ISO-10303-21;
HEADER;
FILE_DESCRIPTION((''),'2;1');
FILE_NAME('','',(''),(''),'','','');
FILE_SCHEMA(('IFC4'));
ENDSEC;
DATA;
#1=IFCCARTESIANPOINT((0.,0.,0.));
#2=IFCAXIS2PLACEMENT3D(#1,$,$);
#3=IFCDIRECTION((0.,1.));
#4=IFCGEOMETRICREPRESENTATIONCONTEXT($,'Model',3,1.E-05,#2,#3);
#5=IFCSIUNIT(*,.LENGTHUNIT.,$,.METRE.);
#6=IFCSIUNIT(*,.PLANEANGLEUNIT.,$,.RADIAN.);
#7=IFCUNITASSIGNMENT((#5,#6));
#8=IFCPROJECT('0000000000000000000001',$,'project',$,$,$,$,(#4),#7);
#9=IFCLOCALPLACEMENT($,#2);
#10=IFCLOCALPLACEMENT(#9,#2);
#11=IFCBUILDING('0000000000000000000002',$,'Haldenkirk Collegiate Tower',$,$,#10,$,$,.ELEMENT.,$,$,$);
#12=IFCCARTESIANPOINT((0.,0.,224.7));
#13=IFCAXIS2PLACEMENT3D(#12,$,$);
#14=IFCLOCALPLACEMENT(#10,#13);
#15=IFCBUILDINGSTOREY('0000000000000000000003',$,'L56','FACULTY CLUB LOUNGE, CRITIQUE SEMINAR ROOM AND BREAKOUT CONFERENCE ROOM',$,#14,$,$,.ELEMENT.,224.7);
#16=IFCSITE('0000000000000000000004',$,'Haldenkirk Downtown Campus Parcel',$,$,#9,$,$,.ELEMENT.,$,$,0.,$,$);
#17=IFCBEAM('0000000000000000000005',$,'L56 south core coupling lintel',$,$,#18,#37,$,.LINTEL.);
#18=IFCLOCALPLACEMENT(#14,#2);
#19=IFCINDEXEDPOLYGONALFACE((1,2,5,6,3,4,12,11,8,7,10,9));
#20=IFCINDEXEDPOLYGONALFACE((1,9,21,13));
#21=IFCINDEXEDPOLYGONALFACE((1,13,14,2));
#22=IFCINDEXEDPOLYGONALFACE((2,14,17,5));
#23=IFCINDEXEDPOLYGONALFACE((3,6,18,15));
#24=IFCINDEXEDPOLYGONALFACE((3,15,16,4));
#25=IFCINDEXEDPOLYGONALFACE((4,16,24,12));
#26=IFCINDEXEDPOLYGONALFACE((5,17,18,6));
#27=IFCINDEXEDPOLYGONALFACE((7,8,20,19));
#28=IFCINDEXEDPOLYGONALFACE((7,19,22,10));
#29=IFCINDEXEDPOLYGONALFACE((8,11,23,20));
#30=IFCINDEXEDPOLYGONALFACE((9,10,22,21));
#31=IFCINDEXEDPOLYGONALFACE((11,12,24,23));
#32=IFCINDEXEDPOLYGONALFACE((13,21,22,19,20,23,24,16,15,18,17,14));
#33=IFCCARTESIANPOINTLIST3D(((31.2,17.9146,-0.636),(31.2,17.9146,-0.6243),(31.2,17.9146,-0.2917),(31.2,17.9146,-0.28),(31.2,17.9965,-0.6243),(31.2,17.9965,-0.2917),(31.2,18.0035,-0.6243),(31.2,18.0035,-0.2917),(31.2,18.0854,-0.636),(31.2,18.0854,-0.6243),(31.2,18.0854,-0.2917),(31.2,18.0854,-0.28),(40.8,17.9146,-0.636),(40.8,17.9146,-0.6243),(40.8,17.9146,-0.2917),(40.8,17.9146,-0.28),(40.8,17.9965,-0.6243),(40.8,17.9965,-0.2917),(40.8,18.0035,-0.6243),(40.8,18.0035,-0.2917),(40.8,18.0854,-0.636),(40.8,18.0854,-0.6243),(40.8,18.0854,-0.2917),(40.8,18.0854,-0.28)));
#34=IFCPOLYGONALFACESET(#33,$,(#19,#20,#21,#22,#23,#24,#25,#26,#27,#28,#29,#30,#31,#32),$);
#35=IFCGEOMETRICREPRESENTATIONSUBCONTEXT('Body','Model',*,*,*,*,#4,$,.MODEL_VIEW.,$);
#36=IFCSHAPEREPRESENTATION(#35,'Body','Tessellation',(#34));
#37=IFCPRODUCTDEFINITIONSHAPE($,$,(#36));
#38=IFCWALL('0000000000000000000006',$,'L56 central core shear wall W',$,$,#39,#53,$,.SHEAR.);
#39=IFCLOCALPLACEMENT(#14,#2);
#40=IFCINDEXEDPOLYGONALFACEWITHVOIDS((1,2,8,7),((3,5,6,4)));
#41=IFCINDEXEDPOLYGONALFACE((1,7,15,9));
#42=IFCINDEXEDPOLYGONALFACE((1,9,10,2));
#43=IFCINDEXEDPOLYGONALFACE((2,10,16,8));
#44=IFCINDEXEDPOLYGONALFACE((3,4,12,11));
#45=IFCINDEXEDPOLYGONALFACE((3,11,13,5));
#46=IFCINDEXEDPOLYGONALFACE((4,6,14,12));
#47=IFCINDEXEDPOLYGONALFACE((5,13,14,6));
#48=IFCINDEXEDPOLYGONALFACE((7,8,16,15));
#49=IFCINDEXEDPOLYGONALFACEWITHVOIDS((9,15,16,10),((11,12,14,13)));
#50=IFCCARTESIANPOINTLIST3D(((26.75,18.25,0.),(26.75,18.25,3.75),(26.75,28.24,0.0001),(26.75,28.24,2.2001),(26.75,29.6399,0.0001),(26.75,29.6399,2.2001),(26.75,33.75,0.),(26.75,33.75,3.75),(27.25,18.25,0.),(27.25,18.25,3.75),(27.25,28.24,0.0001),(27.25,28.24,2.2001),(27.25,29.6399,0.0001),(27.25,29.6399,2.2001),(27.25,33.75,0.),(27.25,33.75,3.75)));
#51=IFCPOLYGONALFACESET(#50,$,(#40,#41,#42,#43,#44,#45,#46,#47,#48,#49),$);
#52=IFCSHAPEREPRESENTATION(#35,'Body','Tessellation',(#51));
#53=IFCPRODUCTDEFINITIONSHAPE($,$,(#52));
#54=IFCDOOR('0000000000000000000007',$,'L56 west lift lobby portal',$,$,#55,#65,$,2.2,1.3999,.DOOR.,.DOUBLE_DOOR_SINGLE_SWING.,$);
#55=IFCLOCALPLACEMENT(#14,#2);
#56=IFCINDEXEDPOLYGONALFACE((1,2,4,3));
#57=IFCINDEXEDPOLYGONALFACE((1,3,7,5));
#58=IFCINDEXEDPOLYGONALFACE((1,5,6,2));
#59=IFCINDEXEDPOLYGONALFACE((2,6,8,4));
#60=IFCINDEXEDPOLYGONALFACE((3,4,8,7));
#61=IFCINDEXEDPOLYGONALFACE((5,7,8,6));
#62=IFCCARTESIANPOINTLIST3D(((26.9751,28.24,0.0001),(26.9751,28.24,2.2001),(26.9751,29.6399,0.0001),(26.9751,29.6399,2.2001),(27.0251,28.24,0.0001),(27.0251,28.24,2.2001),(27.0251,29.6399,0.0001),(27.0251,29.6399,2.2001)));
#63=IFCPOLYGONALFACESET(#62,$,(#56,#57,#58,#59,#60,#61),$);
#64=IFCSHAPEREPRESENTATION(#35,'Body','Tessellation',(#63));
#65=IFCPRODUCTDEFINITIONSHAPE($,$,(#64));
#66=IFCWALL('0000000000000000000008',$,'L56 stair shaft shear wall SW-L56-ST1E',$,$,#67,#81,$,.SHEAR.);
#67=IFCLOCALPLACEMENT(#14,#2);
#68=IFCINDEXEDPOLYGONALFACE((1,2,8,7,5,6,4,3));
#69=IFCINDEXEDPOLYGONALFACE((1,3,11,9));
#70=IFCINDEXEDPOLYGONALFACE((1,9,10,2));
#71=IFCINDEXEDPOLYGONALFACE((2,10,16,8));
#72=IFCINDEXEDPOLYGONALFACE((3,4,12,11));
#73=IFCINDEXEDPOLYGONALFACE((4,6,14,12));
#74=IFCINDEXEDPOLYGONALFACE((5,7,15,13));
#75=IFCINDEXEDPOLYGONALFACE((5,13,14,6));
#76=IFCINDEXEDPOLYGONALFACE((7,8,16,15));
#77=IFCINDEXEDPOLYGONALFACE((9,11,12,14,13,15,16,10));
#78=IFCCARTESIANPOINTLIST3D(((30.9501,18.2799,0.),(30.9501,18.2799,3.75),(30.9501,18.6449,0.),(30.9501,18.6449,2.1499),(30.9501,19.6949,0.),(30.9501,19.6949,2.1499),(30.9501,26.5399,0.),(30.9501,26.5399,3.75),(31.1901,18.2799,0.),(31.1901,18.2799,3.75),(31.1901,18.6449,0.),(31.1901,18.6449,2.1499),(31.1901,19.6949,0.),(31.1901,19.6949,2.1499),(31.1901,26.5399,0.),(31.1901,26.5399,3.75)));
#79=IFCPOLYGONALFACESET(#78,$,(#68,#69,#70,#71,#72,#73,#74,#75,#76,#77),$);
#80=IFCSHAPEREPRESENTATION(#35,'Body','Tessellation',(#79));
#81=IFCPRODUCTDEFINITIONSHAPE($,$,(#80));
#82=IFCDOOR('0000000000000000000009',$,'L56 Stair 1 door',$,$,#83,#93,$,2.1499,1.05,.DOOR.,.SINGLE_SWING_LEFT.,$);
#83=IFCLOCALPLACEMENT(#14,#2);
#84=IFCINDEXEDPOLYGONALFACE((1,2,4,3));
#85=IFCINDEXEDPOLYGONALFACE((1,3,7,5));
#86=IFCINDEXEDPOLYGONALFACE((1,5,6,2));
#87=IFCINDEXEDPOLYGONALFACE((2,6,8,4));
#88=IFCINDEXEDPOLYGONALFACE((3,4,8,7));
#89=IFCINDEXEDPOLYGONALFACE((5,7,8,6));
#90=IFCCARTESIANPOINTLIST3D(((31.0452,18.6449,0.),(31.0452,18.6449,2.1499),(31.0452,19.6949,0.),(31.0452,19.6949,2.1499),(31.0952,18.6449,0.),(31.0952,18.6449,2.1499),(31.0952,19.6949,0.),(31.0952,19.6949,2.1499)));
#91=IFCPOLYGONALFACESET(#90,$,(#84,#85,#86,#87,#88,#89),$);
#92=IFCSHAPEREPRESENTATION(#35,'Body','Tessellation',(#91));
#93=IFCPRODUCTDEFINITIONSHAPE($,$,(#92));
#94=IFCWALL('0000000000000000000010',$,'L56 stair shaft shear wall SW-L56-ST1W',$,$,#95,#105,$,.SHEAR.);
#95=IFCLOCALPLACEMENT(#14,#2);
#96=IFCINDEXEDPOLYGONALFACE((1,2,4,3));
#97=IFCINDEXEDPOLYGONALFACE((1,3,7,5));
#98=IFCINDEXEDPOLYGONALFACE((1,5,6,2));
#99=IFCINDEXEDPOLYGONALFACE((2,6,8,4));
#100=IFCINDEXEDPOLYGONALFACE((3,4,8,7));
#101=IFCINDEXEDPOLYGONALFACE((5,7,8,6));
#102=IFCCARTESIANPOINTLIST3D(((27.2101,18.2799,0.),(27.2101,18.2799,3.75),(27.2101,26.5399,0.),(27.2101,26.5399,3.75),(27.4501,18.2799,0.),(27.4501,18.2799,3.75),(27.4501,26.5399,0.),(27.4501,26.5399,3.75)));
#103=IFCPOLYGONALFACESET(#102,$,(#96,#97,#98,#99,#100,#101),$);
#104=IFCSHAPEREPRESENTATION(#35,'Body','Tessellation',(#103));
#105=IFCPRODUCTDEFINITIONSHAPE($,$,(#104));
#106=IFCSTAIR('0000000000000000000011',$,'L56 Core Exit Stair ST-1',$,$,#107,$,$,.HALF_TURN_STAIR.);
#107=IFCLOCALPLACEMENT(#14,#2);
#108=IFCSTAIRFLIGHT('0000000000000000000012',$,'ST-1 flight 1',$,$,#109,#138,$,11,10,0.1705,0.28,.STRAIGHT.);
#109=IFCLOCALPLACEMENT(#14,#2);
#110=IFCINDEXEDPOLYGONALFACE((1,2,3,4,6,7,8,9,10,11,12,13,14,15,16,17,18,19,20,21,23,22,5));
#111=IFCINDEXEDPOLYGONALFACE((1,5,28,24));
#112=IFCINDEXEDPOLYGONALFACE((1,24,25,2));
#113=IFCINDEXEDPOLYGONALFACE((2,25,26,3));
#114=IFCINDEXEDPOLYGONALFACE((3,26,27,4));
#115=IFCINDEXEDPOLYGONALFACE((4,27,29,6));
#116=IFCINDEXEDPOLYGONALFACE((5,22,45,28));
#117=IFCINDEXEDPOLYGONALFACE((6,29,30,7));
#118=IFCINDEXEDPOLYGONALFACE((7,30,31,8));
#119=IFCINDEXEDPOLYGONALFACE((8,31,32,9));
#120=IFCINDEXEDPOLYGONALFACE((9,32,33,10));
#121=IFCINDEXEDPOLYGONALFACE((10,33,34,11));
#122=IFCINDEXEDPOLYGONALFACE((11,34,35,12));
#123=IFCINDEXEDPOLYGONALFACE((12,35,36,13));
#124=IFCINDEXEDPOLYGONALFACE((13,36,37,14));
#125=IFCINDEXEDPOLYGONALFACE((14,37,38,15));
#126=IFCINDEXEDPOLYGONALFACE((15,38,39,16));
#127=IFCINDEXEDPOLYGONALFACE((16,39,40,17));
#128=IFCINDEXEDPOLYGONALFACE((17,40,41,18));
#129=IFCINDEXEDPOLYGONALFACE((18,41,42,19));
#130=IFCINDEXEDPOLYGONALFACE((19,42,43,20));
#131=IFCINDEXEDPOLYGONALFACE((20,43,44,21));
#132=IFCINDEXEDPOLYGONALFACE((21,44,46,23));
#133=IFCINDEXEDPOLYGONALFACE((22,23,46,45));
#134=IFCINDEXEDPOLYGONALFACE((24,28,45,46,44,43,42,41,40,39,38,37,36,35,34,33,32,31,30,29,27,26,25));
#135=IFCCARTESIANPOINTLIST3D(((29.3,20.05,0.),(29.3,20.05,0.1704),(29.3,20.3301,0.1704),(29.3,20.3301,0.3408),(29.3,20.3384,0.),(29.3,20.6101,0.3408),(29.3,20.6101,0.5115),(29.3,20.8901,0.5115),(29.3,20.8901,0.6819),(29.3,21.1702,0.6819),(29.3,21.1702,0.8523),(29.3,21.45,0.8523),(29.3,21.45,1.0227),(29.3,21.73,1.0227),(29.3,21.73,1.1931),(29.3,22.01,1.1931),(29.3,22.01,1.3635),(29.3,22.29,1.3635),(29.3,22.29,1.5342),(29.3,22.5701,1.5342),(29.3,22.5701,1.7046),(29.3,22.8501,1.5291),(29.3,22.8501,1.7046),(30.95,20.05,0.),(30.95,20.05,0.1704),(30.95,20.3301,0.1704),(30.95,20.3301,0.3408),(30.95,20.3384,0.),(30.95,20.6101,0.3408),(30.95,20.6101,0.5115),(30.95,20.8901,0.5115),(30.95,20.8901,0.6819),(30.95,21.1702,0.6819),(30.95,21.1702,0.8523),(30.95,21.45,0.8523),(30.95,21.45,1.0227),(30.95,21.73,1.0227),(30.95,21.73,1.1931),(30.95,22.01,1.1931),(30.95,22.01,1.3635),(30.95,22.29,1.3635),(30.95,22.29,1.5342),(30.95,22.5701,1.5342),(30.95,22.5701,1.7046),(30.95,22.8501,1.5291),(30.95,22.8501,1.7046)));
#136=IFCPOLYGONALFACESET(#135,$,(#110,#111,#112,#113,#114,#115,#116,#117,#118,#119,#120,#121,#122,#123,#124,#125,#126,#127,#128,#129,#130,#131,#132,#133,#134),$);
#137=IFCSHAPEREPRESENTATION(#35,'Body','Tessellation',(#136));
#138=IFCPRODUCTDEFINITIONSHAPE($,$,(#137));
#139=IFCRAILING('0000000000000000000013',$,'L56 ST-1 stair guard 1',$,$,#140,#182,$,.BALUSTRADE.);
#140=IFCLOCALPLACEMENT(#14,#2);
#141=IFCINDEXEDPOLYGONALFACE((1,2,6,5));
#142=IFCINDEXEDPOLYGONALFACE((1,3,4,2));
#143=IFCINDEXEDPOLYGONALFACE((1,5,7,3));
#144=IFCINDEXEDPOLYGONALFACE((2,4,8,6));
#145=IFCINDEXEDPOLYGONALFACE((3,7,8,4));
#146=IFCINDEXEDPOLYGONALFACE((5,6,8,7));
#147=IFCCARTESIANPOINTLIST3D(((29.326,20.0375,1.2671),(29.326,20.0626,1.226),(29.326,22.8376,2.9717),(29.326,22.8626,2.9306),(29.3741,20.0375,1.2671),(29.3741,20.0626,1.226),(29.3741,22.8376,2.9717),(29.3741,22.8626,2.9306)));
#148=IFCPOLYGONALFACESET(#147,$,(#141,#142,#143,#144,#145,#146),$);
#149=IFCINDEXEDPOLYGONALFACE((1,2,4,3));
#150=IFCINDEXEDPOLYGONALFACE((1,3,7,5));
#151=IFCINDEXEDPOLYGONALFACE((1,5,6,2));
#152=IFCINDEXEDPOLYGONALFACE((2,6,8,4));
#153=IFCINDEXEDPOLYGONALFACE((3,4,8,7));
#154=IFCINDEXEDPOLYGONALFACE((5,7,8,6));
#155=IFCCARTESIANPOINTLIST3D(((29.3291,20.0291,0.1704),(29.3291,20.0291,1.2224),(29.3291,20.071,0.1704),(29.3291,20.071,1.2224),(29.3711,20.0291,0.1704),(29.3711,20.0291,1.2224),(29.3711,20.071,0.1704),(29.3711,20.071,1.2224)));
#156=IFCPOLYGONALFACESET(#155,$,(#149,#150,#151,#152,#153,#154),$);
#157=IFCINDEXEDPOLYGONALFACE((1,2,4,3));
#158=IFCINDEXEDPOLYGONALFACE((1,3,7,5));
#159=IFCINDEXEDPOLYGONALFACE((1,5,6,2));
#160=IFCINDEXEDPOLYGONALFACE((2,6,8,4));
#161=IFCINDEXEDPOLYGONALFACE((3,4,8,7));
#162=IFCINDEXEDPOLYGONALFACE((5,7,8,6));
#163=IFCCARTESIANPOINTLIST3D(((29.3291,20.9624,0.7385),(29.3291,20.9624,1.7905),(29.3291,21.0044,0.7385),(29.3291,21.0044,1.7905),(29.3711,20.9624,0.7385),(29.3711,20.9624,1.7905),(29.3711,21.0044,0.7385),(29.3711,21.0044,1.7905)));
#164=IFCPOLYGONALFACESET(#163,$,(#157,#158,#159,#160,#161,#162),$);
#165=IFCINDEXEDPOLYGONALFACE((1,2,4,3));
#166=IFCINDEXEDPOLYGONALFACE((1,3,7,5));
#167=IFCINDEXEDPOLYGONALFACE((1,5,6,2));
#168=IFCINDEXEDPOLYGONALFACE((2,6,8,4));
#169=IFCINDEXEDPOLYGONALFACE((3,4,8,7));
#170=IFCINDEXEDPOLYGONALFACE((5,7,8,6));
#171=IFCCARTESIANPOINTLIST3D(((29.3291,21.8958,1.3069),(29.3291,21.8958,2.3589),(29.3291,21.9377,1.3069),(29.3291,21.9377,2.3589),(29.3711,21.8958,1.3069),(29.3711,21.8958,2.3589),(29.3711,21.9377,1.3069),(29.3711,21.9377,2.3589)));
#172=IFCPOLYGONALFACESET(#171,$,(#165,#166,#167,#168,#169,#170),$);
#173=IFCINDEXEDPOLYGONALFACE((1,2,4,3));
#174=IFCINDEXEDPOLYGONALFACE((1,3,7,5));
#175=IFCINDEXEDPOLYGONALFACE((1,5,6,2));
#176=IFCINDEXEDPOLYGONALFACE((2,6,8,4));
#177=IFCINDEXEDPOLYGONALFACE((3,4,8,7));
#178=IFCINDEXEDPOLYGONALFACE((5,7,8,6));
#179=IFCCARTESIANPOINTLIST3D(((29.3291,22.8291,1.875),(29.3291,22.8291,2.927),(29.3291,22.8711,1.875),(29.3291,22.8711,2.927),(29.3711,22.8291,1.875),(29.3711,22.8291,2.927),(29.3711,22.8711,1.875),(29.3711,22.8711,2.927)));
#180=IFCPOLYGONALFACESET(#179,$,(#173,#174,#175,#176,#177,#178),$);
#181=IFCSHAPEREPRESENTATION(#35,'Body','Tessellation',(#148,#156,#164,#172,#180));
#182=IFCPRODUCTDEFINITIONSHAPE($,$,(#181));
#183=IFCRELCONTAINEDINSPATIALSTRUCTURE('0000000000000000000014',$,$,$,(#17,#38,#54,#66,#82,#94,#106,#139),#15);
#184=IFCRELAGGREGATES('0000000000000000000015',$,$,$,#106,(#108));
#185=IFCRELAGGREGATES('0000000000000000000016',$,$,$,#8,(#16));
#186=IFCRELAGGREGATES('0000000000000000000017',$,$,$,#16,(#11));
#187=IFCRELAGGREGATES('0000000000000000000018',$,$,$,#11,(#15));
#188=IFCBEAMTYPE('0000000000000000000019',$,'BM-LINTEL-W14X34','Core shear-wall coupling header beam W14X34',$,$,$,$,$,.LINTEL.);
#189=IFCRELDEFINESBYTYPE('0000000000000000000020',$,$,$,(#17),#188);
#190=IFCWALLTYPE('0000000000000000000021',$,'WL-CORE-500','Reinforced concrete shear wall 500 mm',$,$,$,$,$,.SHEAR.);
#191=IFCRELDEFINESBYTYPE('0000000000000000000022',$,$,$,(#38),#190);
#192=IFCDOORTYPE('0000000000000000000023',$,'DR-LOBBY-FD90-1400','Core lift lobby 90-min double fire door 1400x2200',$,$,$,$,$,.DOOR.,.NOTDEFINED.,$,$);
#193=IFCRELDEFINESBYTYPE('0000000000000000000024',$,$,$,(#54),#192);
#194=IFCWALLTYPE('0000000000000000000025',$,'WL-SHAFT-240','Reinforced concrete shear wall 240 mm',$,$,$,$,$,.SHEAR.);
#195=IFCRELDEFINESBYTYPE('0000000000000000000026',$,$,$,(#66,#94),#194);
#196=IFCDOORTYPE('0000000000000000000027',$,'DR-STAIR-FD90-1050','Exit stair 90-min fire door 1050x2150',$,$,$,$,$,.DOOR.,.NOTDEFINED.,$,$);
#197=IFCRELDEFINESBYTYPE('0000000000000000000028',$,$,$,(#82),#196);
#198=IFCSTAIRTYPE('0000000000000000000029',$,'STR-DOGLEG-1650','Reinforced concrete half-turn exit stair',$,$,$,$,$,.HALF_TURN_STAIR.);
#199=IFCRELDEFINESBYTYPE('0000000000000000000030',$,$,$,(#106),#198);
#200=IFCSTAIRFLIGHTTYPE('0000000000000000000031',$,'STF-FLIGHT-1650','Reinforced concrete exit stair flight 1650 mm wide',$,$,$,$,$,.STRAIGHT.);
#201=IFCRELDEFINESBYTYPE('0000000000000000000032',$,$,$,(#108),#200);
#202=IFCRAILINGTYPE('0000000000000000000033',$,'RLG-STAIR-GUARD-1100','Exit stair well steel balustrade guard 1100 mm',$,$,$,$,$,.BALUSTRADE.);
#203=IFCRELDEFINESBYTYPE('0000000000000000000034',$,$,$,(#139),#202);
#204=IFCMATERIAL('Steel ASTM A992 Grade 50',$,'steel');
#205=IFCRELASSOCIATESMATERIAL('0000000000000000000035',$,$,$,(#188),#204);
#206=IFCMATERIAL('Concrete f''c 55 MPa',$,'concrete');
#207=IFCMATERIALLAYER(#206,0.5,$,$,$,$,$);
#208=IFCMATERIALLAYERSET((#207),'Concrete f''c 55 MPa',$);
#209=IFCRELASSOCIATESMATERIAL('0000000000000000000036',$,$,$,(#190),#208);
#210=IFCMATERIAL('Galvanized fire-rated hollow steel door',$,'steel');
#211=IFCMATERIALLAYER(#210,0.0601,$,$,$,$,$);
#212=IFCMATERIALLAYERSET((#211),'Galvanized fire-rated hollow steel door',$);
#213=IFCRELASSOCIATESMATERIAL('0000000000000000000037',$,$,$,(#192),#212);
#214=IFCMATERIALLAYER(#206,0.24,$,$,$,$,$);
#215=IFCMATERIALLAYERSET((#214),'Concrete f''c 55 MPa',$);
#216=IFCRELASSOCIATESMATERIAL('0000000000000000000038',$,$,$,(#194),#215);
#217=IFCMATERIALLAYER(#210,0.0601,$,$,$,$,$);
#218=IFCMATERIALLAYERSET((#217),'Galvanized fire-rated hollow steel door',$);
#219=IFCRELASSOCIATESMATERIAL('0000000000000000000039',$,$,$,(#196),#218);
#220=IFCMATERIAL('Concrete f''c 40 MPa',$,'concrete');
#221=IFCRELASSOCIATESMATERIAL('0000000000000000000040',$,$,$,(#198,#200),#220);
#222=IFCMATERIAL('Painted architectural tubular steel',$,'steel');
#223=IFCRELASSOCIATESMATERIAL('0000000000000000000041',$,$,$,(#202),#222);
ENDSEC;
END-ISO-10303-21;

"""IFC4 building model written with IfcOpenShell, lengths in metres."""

from ifc_helpers import new_model, si_unit, direction, frame, frame_2d, origin, origin_2d, place, context, subcontext, project, spatial, polyline, rectangle, i_section, outline, extrude, material, layer, layer_set, material_profile, profile_set, type_object, element, fill, aggregate, save


model = new_model("IFC4")

# Units and contexts
model_context = context("Model", 3, precision=1e-05, world=origin(), true_north=direction((0.0, 1.0)))
body_context = subcontext(model_context, "Body", "Model", "MODEL_VIEW")
ifc_project = project(units=[si_unit("LENGTHUNIT", "METRE"), si_unit("PLANEANGLEUNIT", "RADIAN")], contexts=[model_context])

# Site, building, storey
site_placement = place(None, origin())
site = spatial("IfcSite", under=ifc_project, at=site_placement, Name="Haldenkirk Downtown Campus Parcel", CompositionType="ELEMENT", RefElevation=0.0)
building_placement = place(site_placement, origin())
building = spatial("IfcBuilding", under=site, at=building_placement, Name="Haldenkirk Collegiate Tower", CompositionType="ELEMENT")
storey_placement = place(building_placement, frame((0.0, 0.0, 224.7)))
storey = spatial("IfcBuildingStorey", under=building, at=storey_placement, Name="L56", Description="FACULTY CLUB LOUNGE, CRITIQUE SEMINAR ROOM AND BREAKOUT CONFERENCE ROOM", CompositionType="ELEMENT", Elevation=224.7)

# Beam
ifc_material_1 = material(Name="Steel ASTM A992 Grade 50", Category="steel")
ifc_material_profile = material_profile(ifc_material_1, i_section(OverallWidth=0.1709, OverallDepth=0.356, WebThickness=0.0071, FlangeThickness=0.0117, at=origin_2d()), Name="W14X34")
ifc_profile_set = profile_set([ifc_material_profile], Name="Steel ASTM A992 Grade 50")
beam_type = type_object("IfcBeamType", Name="BM-LINTEL-W14X34", Description="Core shear-wall coupling header beam W14X34", PredefinedType="LINTEL", material=ifc_profile_set)
beam_placement = place(storey_placement, frame((31.2, 18.0, -0.458), z_axis=(1.0, 0.0, 0.0), x_axis=(0.0, 1.0, 0.0)))
element("IfcBeam", 1, at=beam_placement, inside=storey, type_object=beam_type, Name="L56 south core coupling lintel", PredefinedType="LINTEL", context=body_context, shape_type="SweptSolid", body=[
    extrude(i_section(OverallWidth=0.1709, OverallDepth=0.356, WebThickness=0.0071, FlangeThickness=0.0117, at=origin_2d()), origin(), (0.0, 0.0, 1.0), 9.6001),
])

# Shared definitions
ifc_material_2 = material(Name="Concrete f'c 55 MPa", Category="concrete")
ifc_layer_1 = layer(ifc_material_2, 0.5)
ifc_layer_set_1 = layer_set([ifc_layer_1], Name="Concrete f'c 55 MPa")
wall_type_1 = type_object("IfcWallType", Name="WL-CORE-500", Description="Reinforced concrete shear wall 500 mm", PredefinedType="SHEAR", material=ifc_layer_set_1)
ifc_material_3 = material(Name="Galvanized fire-rated hollow steel door", Category="steel")

# Walls, openings, doors
wall_1_placement = place(storey_placement, frame((27.0, 18.25, 0.0), z_axis=(0.0, 0.0, 1.0), x_axis=(0.0, 1.0, 0.0)))
wall_1 = element("IfcWall", 2, at=wall_1_placement, inside=storey, type_object=wall_type_1, Name="L56 central core shear wall W", PredefinedType="SHEAR", context=body_context, shape_type="SweptSolid", body=[
    extrude(rectangle(XDim=15.5, YDim=0.5, at=frame_2d((7.75, 0.0))), origin(), (0.0, 0.0, 1.0), 3.75),
])
opening_1_placement = place(wall_1_placement, frame((9.99, 0.0, 0.0)))
opening_1 = element("IfcOpeningElement", 3, at=opening_1_placement, cuts=wall_1, PredefinedType="OPENING", context=body_context, shape_type="SweptSolid", body=[
    extrude(rectangle(XDim=1.3999, YDim=2.2, at=frame_2d((0.7, 1.1001))), frame((0.0, 0.26, 0.0), z_axis=(0.0, -1.0, 0.0), x_axis=(1.0, 0.0, 0.0)), (0.0, 0.0, 1.0), 0.52),
])
ifc_layer_2 = layer(ifc_material_3, 0.0601)
ifc_layer_set_2 = layer_set([ifc_layer_2], Name="Galvanized fire-rated hollow steel door")
door_type_1 = type_object("IfcDoorType", Name="DR-LOBBY-FD90-1400", Description="Core lift lobby 90-min double fire door 1400x2200", OperationType="NOTDEFINED", PredefinedType="DOOR", material=ifc_layer_set_2)
door_1_placement = place(opening_1_placement, origin())
door_1 = element("IfcDoor", 4, at=door_1_placement, inside=storey, type_object=door_type_1, Name="L56 west lift lobby portal", OperationType="DOUBLE_DOOR_SINGLE_SWING", OverallHeight=2.2, OverallWidth=1.3999, PredefinedType="DOOR", context=body_context, shape_type="SweptSolid", body=[
    extrude(rectangle(XDim=1.3999, YDim=2.2, at=frame_2d((0.7, 1.1001))), frame((0.0, 0.0249, 0.0), z_axis=(0.0, -1.0, 0.0), x_axis=(1.0, 0.0, 0.0)), (0.0, 0.0, 1.0), 0.05),
])
fill(opening_1, door_1)
ifc_layer_3 = layer(ifc_material_2, 0.24)
ifc_layer_set_3 = layer_set([ifc_layer_3], Name="Concrete f'c 55 MPa")
wall_type_2 = type_object("IfcWallType", Name="WL-SHAFT-240", Description="Reinforced concrete shear wall 240 mm", PredefinedType="SHEAR", material=ifc_layer_set_3)
wall_2_placement = place(storey_placement, frame((31.0701, 18.28, 0.0), z_axis=(0.0, 0.0, 1.0), x_axis=(0.0, 1.0, 0.0)))
wall_2 = element("IfcWall", 5, at=wall_2_placement, inside=storey, type_object=wall_type_2, Name="L56 stair shaft shear wall SW-L56-ST1E", PredefinedType="SHEAR", context=body_context, shape_type="SweptSolid", body=[
    extrude(rectangle(XDim=8.26, YDim=0.24, at=frame_2d((4.1299, 0.0))), origin(), (0.0, 0.0, 1.0), 3.75),
])
opening_2_placement = place(wall_2_placement, frame((0.365, 0.0, 0.0)))
opening_2 = element("IfcOpeningElement", 6, at=opening_2_placement, cuts=wall_2, PredefinedType="OPENING", context=body_context, shape_type="SweptSolid", body=[
    extrude(rectangle(XDim=1.05, YDim=2.1499, at=frame_2d((0.5249, 1.075))), frame((0.0, 0.1299, 0.0), z_axis=(0.0, -1.0, 0.0), x_axis=(1.0, 0.0, 0.0)), (0.0, 0.0, 1.0), 0.26),
])
ifc_layer_4 = layer(ifc_material_3, 0.0601)
ifc_layer_set_4 = layer_set([ifc_layer_4], Name="Galvanized fire-rated hollow steel door")
door_type_2 = type_object("IfcDoorType", Name="DR-STAIR-FD90-1050", Description="Exit stair 90-min fire door 1050x2150", OperationType="NOTDEFINED", PredefinedType="DOOR", material=ifc_layer_set_4)
door_2_placement = place(opening_2_placement, origin())
door_2 = element("IfcDoor", 7, at=door_2_placement, inside=storey, type_object=door_type_2, Name="L56 Stair 1 door", OperationType="SINGLE_SWING_LEFT", OverallHeight=2.1499, OverallWidth=1.05, PredefinedType="DOOR", context=body_context, shape_type="SweptSolid", body=[
    extrude(rectangle(XDim=1.05, YDim=2.1499, at=frame_2d((0.5249, 1.075))), frame((0.0, 0.0249, 0.0), z_axis=(0.0, -1.0, 0.0), x_axis=(1.0, 0.0, 0.0)), (0.0, 0.0, 1.0), 0.05),
])
fill(opening_2, door_2)

# Wall
wall_3_placement = place(storey_placement, frame((27.3301, 18.28, 0.0), z_axis=(0.0, 0.0, 1.0), x_axis=(0.0, 1.0, 0.0)))
element("IfcWall", 8, at=wall_3_placement, inside=storey, type_object=wall_type_2, Name="L56 stair shaft shear wall SW-L56-ST1W", PredefinedType="SHEAR", context=body_context, shape_type="SweptSolid", body=[
    extrude(rectangle(XDim=8.26, YDim=0.24, at=frame_2d((4.1299, 0.0))), origin(), (0.0, 0.0, 1.0), 3.75),
])

# Stair, stair flight
ifc_material_4 = material(Name="Concrete f'c 40 MPa", Category="concrete")
stair_type = type_object("IfcStairType", Name="STR-DOGLEG-1650", Description="Reinforced concrete half-turn exit stair", PredefinedType="HALF_TURN_STAIR", material=ifc_material_4)
stair_placement = place(storey_placement, origin())
stair = element("IfcStair", 9, at=stair_placement, inside=storey, type_object=stair_type, Name="L56 Core Exit Stair ST-1", PredefinedType="HALF_TURN_STAIR")
stair_flight_type = type_object("IfcStairFlightType", Name="STF-FLIGHT-1650", Description="Reinforced concrete exit stair flight 1650 mm wide", PredefinedType="STRAIGHT", material=ifc_material_4)
stair_flight_placement = place(storey_placement, frame((30.125, 20.05, 0.0), z_axis=(0.0, 0.0, 1.0), x_axis=(0.0, 1.0, 0.0)))
stair_flight = element("IfcStairFlight", 10, at=stair_flight_placement, type_object=stair_flight_type, Name="ST-1 flight 1", NumberOfRisers=11, NumberOfTreads=10, PredefinedType="STRAIGHT", RiserHeight=0.1705, TreadLength=0.28, context=body_context, shape_type="SweptSolid", body=[
    extrude(outline(polyline([(0.0, 0.0), (0.0, 0.1704), (0.28, 0.1704), (0.28, 0.3408), (0.5601, 0.3408), (0.5601, 0.5115), (0.8401, 0.5115), (0.8401, 0.6819), (1.1201, 0.6819), (1.1201, 0.8523), (1.3999, 0.8523), (1.3999, 1.0227), (1.6799, 1.0227), (1.6799, 1.1931), (1.96, 1.1931), (1.96, 1.3635), (2.24, 1.3635), (2.24, 1.5342), (2.52, 1.5342), (2.52, 1.7046), (2.8, 1.7046), (2.8, 1.875), (2.8, 1.5291), (0.2883, 0.0), (0.0, 0.0)])), frame((0.0, 0.825, 0.0), z_axis=(0.0, -1.0, 0.0), x_axis=(1.0, 0.0, 0.0)), (0.0, 0.0, 1.0), 1.6499),
])
aggregate(stair, [stair_flight])

# Railing
ifc_material_5 = material(Name="Painted architectural tubular steel", Category="steel")
railing_type_1 = type_object("IfcRailingType", Name="RLG-STAIR-GUARD-1100", Description="Exit stair well steel balustrade guard 1100 mm", PredefinedType="BALUSTRADE", material=ifc_material_5)
railing_1_placement = place(storey_placement, frame((29.3501, 20.05, 0.1704)))
element("IfcRailing", 11, at=railing_1_placement, inside=storey, type_object=railing_type_1, Name="L56 ST-1 stair guard 1", PredefinedType="BALUSTRADE", context=body_context, shape_type="SweptSolid", body=[
    extrude(rectangle(XDim=0.0481, YDim=0.0481, at=origin_2d()), frame((0.0, 0.0, 1.0762), z_axis=(0.0, 0.85417, 0.519994), x_axis=(-1.0, 0.0, 0.0)), (0.0, 0.0, 1.0), 3.2781),
    extrude(rectangle(XDim=0.042, YDim=0.042, at=origin_2d()), origin(), (0.0, 0.0, 1.0), 1.052),
    extrude(rectangle(XDim=0.042, YDim=0.042, at=origin_2d()), frame((0.0, 0.9333, 0.5681)), (0.0, 0.0, 1.0), 1.052),
    extrude(rectangle(XDim=0.042, YDim=0.042, at=origin_2d()), frame((0.0, 1.8667, 1.1365)), (0.0, 0.0, 1.0), 1.052),
    extrude(rectangle(XDim=0.042, YDim=0.042, at=origin_2d()), frame((0.0, 2.8, 1.7046)), (0.0, 0.0, 1.0), 1.052),
])

save(model, "model.ifc")
